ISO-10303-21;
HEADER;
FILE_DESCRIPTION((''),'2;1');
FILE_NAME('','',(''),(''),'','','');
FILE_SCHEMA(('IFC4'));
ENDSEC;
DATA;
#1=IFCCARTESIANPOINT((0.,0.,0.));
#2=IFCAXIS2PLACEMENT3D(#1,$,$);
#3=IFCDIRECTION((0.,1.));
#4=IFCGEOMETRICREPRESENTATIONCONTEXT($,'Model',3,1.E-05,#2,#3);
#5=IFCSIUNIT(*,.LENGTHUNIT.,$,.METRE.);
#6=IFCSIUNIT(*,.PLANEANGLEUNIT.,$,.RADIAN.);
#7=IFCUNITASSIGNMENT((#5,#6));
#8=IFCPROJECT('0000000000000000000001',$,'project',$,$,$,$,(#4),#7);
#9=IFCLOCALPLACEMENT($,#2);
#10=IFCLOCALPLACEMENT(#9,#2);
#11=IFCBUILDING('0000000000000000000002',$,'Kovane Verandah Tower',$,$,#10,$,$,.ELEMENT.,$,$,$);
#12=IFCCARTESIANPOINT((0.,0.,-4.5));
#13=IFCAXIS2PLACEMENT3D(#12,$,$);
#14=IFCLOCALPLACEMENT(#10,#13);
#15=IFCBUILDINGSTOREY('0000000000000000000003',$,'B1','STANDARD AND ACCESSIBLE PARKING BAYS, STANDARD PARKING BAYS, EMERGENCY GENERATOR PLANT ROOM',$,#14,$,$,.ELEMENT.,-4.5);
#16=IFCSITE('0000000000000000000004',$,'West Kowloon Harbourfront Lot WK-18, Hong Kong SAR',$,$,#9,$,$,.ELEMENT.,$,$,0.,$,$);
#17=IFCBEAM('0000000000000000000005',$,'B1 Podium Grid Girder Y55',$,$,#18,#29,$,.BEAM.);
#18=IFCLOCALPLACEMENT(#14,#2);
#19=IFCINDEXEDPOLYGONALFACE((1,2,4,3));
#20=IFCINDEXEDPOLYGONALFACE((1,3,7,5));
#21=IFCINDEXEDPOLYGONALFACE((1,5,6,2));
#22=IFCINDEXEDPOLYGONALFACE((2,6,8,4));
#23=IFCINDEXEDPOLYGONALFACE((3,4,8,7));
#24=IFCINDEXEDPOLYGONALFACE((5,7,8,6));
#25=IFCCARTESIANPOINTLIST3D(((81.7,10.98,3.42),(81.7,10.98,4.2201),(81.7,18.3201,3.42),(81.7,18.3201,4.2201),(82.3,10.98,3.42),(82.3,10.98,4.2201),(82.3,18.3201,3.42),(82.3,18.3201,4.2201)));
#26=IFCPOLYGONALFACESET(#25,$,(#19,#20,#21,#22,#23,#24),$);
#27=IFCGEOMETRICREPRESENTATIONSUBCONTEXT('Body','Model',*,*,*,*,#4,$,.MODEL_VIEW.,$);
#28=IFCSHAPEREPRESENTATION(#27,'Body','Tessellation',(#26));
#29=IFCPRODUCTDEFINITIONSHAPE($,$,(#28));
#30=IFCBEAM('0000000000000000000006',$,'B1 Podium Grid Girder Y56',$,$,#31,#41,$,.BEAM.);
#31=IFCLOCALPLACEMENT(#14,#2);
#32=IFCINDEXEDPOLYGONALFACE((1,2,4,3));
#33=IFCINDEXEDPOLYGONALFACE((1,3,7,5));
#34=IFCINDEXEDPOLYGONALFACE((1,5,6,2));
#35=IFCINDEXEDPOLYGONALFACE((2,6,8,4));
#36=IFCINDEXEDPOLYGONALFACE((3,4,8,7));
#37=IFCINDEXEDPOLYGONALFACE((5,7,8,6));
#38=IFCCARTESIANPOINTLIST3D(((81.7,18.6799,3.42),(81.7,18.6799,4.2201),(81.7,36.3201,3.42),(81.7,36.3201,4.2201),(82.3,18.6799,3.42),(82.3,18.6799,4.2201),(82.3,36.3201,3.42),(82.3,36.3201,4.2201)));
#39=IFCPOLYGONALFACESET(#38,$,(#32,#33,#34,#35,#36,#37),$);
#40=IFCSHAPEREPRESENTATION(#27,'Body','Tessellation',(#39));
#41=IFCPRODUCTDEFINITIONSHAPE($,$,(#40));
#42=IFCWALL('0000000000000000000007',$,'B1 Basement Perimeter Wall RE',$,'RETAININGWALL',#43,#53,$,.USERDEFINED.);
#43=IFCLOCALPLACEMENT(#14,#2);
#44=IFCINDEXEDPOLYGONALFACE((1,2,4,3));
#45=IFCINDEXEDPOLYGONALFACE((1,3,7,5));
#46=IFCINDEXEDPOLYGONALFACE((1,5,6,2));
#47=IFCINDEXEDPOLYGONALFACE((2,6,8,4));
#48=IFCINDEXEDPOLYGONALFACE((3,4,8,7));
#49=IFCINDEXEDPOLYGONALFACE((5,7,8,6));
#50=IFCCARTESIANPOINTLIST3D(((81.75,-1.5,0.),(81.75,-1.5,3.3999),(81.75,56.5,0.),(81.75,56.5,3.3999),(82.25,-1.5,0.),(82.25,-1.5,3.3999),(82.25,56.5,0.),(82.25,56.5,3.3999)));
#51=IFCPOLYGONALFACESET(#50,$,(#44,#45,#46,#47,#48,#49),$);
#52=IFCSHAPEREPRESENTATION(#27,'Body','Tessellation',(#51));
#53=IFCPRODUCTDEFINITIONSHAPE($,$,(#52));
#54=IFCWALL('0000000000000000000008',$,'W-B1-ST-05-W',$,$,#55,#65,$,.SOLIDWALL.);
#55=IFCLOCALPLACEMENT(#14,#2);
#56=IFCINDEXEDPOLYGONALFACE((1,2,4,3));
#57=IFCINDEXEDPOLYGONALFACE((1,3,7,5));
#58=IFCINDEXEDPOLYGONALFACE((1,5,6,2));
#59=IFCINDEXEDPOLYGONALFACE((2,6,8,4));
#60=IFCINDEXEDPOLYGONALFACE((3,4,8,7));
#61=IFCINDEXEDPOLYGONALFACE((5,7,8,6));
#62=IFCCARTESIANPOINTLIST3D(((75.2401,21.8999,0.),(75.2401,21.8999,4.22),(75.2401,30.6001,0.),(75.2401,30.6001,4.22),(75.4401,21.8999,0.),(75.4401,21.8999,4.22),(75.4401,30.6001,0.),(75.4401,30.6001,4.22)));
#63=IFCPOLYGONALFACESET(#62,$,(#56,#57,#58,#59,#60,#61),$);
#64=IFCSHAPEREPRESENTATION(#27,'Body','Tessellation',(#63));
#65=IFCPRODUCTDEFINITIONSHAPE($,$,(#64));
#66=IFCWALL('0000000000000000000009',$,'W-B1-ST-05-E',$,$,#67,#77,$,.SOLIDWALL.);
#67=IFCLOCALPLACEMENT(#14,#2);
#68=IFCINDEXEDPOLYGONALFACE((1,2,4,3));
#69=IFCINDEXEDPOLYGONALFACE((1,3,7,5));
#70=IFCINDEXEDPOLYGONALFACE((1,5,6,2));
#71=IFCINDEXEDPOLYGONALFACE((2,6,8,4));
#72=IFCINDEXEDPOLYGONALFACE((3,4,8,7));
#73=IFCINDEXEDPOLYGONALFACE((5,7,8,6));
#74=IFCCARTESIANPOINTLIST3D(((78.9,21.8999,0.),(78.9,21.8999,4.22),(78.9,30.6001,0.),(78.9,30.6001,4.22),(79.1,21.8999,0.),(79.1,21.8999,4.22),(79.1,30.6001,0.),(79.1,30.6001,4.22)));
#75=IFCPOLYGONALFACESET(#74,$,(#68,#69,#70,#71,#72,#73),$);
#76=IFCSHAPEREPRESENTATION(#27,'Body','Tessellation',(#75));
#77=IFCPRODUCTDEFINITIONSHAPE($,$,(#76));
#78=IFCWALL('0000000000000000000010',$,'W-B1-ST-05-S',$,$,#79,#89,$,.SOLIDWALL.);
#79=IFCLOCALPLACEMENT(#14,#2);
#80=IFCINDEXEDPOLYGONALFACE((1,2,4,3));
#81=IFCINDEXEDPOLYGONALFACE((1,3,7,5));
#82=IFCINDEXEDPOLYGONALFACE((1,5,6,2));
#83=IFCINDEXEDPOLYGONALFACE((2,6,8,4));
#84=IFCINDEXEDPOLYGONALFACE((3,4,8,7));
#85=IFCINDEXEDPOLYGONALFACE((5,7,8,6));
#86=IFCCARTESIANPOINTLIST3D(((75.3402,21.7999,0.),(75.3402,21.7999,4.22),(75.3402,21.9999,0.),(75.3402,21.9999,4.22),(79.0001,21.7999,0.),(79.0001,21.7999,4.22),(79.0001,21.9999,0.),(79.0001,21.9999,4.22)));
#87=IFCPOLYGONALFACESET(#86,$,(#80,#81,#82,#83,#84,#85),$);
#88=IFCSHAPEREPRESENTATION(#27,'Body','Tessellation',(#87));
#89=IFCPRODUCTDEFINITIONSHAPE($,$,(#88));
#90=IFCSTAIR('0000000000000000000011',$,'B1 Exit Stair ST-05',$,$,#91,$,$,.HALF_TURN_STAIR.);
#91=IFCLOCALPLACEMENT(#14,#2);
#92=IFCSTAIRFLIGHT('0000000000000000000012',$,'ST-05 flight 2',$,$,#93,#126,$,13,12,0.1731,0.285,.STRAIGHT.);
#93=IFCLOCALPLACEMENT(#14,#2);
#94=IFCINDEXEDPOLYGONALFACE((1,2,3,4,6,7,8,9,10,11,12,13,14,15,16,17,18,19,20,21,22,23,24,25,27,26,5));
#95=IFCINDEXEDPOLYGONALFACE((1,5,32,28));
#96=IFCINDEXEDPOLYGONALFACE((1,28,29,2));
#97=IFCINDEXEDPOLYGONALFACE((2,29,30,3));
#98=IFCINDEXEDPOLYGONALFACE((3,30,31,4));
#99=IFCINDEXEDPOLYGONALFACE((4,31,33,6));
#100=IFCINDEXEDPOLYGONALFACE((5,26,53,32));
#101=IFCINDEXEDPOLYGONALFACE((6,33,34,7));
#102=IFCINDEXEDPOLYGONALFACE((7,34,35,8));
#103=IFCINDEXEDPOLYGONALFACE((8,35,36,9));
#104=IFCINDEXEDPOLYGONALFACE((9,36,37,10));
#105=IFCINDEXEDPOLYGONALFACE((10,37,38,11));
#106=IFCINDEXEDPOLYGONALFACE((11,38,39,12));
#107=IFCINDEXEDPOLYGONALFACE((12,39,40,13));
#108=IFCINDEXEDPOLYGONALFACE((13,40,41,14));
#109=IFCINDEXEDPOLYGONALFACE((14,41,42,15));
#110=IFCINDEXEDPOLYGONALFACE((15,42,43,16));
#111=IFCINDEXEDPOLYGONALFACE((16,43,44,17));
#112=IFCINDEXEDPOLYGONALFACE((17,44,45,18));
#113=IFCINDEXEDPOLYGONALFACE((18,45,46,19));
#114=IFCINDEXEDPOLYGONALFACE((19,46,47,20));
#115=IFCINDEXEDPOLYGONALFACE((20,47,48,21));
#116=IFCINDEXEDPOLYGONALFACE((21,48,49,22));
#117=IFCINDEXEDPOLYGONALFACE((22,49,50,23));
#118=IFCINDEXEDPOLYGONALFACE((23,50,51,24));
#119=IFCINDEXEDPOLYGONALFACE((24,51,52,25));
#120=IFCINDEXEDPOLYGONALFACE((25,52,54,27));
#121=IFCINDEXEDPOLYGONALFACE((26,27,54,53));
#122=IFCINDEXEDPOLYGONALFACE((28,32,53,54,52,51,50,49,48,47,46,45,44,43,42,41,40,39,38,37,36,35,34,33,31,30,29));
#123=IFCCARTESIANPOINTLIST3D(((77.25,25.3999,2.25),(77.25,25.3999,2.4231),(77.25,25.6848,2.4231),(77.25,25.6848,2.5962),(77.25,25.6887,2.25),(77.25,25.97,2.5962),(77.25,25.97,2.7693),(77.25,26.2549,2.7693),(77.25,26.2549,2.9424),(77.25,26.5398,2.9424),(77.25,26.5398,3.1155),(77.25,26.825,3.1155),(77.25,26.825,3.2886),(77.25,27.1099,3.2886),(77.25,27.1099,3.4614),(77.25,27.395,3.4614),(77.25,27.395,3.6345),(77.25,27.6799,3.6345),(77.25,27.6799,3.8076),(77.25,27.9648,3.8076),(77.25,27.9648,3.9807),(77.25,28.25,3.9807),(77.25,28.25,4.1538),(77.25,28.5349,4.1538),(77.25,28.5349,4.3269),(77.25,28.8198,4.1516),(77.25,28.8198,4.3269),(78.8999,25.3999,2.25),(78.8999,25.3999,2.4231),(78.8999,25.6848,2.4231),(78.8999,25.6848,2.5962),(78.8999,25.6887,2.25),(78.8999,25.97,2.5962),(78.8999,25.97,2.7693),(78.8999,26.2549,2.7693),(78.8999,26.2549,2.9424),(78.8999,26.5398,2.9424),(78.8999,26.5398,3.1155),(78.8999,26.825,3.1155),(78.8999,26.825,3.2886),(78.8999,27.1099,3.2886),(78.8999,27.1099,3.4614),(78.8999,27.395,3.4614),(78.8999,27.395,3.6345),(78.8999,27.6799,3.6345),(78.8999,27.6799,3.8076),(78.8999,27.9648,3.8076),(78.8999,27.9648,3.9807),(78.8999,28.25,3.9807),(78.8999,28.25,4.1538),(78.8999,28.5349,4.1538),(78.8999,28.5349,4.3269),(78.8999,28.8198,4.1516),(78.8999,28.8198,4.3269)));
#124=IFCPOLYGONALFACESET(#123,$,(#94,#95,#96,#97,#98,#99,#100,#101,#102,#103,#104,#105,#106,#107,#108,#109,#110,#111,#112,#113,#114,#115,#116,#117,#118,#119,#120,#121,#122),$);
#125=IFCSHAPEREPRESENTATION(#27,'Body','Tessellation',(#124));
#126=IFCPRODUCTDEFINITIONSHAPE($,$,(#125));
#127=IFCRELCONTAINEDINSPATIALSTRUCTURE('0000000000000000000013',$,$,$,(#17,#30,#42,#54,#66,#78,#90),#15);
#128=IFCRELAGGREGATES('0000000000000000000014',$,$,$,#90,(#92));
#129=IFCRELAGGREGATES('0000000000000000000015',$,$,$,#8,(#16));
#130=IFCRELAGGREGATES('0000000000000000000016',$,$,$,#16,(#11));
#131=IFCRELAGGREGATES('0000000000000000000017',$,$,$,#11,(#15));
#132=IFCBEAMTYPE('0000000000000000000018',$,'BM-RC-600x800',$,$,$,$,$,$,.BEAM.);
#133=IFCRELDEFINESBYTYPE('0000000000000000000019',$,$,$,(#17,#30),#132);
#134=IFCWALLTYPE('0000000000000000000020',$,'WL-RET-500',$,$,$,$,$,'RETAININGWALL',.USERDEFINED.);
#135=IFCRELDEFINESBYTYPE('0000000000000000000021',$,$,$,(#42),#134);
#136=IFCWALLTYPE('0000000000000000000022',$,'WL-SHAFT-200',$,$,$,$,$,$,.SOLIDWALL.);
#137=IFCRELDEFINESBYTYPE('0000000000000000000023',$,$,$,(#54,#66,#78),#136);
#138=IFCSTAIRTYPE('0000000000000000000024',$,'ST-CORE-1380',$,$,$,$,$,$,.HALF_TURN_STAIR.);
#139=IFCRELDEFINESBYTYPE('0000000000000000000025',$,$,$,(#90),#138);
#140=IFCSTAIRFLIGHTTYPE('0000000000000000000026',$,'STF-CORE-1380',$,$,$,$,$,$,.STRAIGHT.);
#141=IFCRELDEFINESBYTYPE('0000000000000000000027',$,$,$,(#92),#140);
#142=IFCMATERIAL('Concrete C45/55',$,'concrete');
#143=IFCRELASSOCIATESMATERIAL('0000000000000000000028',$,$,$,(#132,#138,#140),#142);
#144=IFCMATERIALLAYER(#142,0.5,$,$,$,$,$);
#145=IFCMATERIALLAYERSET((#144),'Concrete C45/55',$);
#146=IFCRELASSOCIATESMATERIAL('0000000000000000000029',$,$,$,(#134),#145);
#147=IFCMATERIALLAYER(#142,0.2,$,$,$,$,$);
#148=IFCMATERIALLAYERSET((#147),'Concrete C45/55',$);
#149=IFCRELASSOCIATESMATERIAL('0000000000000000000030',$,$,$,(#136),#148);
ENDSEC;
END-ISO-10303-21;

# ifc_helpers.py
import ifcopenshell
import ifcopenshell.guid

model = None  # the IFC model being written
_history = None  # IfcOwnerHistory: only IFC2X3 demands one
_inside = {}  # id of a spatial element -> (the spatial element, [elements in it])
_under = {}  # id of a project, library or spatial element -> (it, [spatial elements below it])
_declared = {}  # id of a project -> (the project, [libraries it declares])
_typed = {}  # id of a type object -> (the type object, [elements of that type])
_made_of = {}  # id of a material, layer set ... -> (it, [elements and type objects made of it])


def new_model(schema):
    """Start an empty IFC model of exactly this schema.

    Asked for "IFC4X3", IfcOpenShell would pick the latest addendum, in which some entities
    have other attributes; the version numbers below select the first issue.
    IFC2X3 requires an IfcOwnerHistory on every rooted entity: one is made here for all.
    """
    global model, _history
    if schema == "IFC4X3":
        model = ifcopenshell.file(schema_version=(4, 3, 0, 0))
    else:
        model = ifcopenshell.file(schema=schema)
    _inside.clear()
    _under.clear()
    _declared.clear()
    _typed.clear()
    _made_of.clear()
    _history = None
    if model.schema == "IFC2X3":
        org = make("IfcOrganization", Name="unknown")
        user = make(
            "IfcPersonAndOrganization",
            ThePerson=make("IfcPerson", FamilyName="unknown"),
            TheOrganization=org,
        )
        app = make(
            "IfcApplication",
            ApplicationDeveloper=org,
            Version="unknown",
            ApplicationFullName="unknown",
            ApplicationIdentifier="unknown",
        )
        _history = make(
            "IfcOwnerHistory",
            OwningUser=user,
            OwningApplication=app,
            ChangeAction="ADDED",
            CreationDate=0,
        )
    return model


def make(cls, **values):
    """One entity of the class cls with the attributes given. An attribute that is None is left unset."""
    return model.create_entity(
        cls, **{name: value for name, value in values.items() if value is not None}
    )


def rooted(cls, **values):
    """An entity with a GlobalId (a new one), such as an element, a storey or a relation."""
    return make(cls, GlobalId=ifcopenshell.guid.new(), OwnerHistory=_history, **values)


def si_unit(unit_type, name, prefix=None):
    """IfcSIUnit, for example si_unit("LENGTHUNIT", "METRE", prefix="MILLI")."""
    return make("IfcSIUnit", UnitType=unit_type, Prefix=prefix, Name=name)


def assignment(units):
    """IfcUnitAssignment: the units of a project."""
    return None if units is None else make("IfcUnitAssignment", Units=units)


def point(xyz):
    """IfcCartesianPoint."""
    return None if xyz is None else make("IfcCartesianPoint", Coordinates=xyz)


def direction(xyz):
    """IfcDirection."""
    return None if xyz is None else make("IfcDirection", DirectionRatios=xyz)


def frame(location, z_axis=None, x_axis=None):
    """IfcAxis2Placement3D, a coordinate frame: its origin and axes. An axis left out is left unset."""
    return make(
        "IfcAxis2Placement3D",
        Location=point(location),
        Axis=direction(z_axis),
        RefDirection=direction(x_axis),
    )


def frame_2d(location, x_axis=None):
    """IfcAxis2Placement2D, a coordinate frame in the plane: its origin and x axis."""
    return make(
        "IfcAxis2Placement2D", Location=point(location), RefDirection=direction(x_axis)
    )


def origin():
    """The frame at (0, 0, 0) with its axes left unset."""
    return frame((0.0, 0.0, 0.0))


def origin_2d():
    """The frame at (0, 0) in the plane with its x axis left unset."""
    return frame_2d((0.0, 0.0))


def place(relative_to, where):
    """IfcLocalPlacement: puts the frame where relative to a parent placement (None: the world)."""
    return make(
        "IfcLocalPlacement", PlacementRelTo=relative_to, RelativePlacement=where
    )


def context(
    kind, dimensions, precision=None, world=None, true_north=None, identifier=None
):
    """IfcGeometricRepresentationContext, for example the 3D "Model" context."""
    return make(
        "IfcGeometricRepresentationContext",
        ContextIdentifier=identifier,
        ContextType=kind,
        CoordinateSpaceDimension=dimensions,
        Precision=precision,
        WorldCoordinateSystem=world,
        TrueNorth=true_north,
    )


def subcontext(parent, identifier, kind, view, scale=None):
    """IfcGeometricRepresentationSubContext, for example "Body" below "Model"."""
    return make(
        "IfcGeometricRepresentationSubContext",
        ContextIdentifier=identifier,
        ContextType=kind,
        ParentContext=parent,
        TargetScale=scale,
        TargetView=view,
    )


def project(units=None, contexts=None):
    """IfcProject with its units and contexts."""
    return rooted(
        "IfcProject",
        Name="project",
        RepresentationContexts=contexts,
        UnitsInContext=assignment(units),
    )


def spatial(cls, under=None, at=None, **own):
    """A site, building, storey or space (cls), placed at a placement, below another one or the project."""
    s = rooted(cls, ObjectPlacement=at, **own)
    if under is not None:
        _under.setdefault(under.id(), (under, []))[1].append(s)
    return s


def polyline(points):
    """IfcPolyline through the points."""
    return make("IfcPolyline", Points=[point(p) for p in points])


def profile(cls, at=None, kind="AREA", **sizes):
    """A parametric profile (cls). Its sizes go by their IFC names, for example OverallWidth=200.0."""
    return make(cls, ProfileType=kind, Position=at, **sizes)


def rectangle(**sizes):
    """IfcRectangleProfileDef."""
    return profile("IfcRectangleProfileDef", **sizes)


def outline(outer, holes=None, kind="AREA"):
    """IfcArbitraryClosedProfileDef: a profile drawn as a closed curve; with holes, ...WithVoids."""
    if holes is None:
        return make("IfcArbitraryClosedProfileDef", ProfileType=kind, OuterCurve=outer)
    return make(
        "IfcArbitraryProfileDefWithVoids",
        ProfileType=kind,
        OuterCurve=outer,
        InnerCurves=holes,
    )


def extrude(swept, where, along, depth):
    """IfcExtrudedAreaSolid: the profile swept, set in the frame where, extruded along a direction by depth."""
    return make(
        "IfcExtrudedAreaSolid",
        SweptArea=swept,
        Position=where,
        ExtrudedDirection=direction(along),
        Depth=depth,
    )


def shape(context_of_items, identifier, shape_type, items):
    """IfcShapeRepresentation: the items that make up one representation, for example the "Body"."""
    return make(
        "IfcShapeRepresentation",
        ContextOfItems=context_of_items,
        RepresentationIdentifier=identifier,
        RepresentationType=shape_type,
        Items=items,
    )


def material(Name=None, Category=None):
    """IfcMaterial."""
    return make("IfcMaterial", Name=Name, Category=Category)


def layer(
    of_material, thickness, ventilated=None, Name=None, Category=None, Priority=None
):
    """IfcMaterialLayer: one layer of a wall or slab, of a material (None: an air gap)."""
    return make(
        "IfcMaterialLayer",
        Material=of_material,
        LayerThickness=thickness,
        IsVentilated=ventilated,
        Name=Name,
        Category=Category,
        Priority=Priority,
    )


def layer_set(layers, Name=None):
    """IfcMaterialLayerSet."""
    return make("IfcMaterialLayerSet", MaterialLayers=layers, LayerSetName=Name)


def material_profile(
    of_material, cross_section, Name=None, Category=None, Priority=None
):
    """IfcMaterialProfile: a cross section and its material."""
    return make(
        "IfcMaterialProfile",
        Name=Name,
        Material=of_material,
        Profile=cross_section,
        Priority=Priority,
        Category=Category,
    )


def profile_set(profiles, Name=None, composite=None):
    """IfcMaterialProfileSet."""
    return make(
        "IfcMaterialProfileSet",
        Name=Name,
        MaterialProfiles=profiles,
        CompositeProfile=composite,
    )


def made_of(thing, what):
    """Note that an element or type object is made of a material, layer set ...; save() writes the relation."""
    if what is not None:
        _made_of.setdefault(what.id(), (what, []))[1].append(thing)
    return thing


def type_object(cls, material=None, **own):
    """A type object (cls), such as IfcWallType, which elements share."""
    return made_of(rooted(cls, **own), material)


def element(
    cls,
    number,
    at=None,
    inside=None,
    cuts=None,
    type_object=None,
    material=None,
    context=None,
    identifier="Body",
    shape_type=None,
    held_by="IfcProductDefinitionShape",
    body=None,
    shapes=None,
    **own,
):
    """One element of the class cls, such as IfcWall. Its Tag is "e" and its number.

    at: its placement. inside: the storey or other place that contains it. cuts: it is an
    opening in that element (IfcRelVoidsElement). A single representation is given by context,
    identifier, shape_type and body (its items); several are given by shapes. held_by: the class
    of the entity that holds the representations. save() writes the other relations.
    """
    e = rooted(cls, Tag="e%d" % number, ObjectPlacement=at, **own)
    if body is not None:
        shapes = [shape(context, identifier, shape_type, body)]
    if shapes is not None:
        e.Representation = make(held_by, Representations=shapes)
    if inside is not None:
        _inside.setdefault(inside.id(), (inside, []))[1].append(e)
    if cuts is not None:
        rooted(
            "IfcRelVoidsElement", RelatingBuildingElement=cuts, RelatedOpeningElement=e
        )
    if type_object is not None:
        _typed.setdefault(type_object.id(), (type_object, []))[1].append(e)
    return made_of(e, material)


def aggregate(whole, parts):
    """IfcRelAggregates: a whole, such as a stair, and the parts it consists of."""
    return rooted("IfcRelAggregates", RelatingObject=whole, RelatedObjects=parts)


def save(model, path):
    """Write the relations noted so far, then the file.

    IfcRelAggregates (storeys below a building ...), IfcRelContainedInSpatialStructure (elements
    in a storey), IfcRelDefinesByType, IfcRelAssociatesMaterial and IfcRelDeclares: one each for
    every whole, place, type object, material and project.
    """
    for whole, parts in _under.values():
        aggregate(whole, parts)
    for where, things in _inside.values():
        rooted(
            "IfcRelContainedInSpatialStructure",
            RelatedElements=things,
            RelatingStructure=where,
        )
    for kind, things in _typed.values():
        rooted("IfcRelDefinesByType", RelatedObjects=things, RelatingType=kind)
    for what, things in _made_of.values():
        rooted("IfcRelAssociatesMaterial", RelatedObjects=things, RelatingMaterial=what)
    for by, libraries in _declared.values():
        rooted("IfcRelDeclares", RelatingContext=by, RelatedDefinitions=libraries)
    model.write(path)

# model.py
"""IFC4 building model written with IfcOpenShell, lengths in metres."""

from ifc_helpers import new_model, si_unit, direction, frame, frame_2d, origin, origin_2d, place, context, subcontext, project, spatial, polyline, rectangle, outline, extrude, material, layer, layer_set, material_profile, profile_set, type_object, element, aggregate, save


model = new_model("IFC4")

# Units and contexts
model_context = context("Model", 3, precision=1e-05, world=origin(), true_north=direction((0.0, 1.0)))
body_context = subcontext(model_context, "Body", "Model", "MODEL_VIEW")
ifc_project = project(units=[si_unit("LENGTHUNIT", "METRE"), si_unit("PLANEANGLEUNIT", "RADIAN")], contexts=[model_context])

# Site, building, storey
site_placement = place(None, origin())
site = spatial("IfcSite", under=ifc_project, at=site_placement, Name="West Kowloon Harbourfront Lot WK-18, Hong Kong SAR", CompositionType="ELEMENT", RefElevation=0.0)
building_placement = place(site_placement, origin())
building = spatial("IfcBuilding", under=site, at=building_placement, Name="Kovane Verandah Tower", CompositionType="ELEMENT")
storey_placement = place(building_placement, frame((0.0, 0.0, -4.5)))
storey = spatial("IfcBuildingStorey", under=building, at=storey_placement, Name="B1", Description="STANDARD AND ACCESSIBLE PARKING BAYS, STANDARD PARKING BAYS, EMERGENCY GENERATOR PLANT ROOM", CompositionType="ELEMENT", Elevation=-4.5)

# Beams
ifc_material_1 = material(Name="Concrete C45/55", Category="concrete")
ifc_material_profile_1 = material_profile(ifc_material_1, rectangle(XDim=0.6001, YDim=0.8, at=origin_2d()), Name="RCB600x800")
ifc_profile_set_1 = profile_set([ifc_material_profile_1], Name="Concrete C45/55")
beam_type_1 = type_object("IfcBeamType", Name="BM-RC-600x800", PredefinedType="BEAM", material=ifc_profile_set_1)
beam_1_placement = place(storey_placement, frame((82.0, 10.98, 3.8201), z_axis=(0.0, 1.0, 0.0), x_axis=(-1.0, 0.0, 0.0)))
element("IfcBeam", 1, at=beam_1_placement, inside=storey, type_object=beam_type_1, Name="B1 Podium Grid Girder Y55", PredefinedType="BEAM", context=body_context, shape_type="SweptSolid", body=[
    extrude(rectangle(XDim=0.6001, YDim=0.8, at=origin_2d()), origin(), (0.0, 0.0, 1.0), 7.3401),
])
beam_2_placement = place(storey_placement, frame((82.0, 18.6799, 3.8201), z_axis=(0.0, 1.0, 0.0), x_axis=(-1.0, 0.0, 0.0)))
element("IfcBeam", 2, at=beam_2_placement, inside=storey, type_object=beam_type_1, Name="B1 Podium Grid Girder Y56", PredefinedType="BEAM", context=body_context, shape_type="SweptSolid", body=[
    extrude(rectangle(XDim=0.6001, YDim=0.8, at=origin_2d()), origin(), (0.0, 0.0, 1.0), 17.6401),
])

# Walls
ifc_layer_1 = layer(ifc_material_1, 0.5)
ifc_layer_set_1 = layer_set([ifc_layer_1], Name="Concrete C45/55")
wall_type_1 = type_object("IfcWallType", Name="WL-RET-500", ElementType="RETAININGWALL", PredefinedType="USERDEFINED", material=ifc_layer_set_1)
wall_1_placement = place(storey_placement, frame((82.0, -1.5, 0.0), z_axis=(0.0, 0.0, 1.0), x_axis=(0.0, 1.0, 0.0)))
element("IfcWall", 3, at=wall_1_placement, inside=storey, type_object=wall_type_1, Name="B1 Basement Perimeter Wall RE", ObjectType="RETAININGWALL", PredefinedType="USERDEFINED", context=body_context, shape_type="SweptSolid", body=[
    extrude(rectangle(XDim=58.0, YDim=0.5, at=frame_2d((29.0, 0.0))), origin(), (0.0, 0.0, 1.0), 3.3999),
])
ifc_layer_2 = layer(ifc_material_1, 0.2)
ifc_layer_set_2 = layer_set([ifc_layer_2], Name="Concrete C45/55")
wall_type_2 = type_object("IfcWallType", Name="WL-SHAFT-200", PredefinedType="SOLIDWALL", material=ifc_layer_set_2)
for number, where, z_axis, x_axis, name in (
    (4, (75.3401, 21.8999, 0.0), (0.0, 0.0, 1.0), (0.0, 1.0, 0.0), "W-B1-ST-05-W"),
    (5, (79.0, 21.8999, 0.0), (0.0, 0.0, 1.0), (0.0, 1.0, 0.0), "W-B1-ST-05-E"),
):
    element("IfcWall", number, at=place(storey_placement, frame(where, z_axis=z_axis, x_axis=x_axis)), inside=storey, type_object=wall_type_2, Name=name, PredefinedType="SOLIDWALL", context=body_context, shape_type="SweptSolid", body=[
        extrude(rectangle(XDim=8.7002, YDim=0.2, at=frame_2d((4.3501, 0.0))), origin(), (0.0, 0.0, 1.0), 4.22),
    ])
wall_2_placement = place(storey_placement, frame((75.3401, 21.8999, 0.0), z_axis=(0.0, 0.0, 1.0), x_axis=(1.0, 0.0, 0.0)))
element("IfcWall", 6, at=wall_2_placement, inside=storey, type_object=wall_type_2, Name="W-B1-ST-05-S", PredefinedType="SOLIDWALL", context=body_context, shape_type="SweptSolid", body=[
    extrude(rectangle(XDim=3.6599, YDim=0.2, at=frame_2d((1.8301, 0.0))), origin(), (0.0, 0.0, 1.0), 4.22),
])

# Stair, stair flight
stair_type = type_object("IfcStairType", Name="ST-CORE-1380", PredefinedType="HALF_TURN_STAIR", material=ifc_material_1)
stair_placement = place(storey_placement, origin())
stair = element("IfcStair", 7, at=stair_placement, inside=storey, type_object=stair_type, Name="B1 Exit Stair ST-05", PredefinedType="HALF_TURN_STAIR")
stair_flight_type = type_object("IfcStairFlightType", Name="STF-CORE-1380", PredefinedType="STRAIGHT", material=ifc_material_1)
stair_flight_placement = place(storey_placement, frame((78.075, 25.3999, 2.25), z_axis=(0.0, 0.0, 1.0), x_axis=(0.0, 1.0, 0.0)))
stair_flight = element("IfcStairFlight", 8, at=stair_flight_placement, type_object=stair_flight_type, Name="ST-05 flight 2", NumberOfRisers=13, NumberOfTreads=12, PredefinedType="STRAIGHT", RiserHeight=0.1731, TreadLength=0.285, context=body_context, shape_type="SweptSolid", body=[
    extrude(outline(polyline([(0.0, 0.0), (0.0, 0.1731), (0.2849, 0.1731), (0.2849, 0.3462), (0.5701, 0.3462), (0.5701, 0.5193), (0.855, 0.5193), (0.855, 0.6924), (1.1399, 0.6924), (1.1399, 0.8655), (1.425, 0.8655), (1.425, 1.0386), (1.71, 1.0386), (1.71, 1.2114), (1.9951, 1.2114), (1.9951, 1.3845), (2.28, 1.3845), (2.28, 1.5576), (2.5649, 1.5576), (2.5649, 1.7307), (2.8501, 1.7307), (2.8501, 1.9038), (3.135, 1.9038), (3.135, 2.0769), (3.4199, 2.0769), (3.4199, 2.25), (3.4199, 1.9016), (0.2888, 0.0), (0.0, 0.0)])), frame((0.0, 0.825, 0.0), z_axis=(0.0, -1.0, 0.0), x_axis=(1.0, 0.0, 0.0)), (0.0, 0.0, 1.0), 1.6499),
])
aggregate(stair, [stair_flight])

save(model, "model.ifc")
